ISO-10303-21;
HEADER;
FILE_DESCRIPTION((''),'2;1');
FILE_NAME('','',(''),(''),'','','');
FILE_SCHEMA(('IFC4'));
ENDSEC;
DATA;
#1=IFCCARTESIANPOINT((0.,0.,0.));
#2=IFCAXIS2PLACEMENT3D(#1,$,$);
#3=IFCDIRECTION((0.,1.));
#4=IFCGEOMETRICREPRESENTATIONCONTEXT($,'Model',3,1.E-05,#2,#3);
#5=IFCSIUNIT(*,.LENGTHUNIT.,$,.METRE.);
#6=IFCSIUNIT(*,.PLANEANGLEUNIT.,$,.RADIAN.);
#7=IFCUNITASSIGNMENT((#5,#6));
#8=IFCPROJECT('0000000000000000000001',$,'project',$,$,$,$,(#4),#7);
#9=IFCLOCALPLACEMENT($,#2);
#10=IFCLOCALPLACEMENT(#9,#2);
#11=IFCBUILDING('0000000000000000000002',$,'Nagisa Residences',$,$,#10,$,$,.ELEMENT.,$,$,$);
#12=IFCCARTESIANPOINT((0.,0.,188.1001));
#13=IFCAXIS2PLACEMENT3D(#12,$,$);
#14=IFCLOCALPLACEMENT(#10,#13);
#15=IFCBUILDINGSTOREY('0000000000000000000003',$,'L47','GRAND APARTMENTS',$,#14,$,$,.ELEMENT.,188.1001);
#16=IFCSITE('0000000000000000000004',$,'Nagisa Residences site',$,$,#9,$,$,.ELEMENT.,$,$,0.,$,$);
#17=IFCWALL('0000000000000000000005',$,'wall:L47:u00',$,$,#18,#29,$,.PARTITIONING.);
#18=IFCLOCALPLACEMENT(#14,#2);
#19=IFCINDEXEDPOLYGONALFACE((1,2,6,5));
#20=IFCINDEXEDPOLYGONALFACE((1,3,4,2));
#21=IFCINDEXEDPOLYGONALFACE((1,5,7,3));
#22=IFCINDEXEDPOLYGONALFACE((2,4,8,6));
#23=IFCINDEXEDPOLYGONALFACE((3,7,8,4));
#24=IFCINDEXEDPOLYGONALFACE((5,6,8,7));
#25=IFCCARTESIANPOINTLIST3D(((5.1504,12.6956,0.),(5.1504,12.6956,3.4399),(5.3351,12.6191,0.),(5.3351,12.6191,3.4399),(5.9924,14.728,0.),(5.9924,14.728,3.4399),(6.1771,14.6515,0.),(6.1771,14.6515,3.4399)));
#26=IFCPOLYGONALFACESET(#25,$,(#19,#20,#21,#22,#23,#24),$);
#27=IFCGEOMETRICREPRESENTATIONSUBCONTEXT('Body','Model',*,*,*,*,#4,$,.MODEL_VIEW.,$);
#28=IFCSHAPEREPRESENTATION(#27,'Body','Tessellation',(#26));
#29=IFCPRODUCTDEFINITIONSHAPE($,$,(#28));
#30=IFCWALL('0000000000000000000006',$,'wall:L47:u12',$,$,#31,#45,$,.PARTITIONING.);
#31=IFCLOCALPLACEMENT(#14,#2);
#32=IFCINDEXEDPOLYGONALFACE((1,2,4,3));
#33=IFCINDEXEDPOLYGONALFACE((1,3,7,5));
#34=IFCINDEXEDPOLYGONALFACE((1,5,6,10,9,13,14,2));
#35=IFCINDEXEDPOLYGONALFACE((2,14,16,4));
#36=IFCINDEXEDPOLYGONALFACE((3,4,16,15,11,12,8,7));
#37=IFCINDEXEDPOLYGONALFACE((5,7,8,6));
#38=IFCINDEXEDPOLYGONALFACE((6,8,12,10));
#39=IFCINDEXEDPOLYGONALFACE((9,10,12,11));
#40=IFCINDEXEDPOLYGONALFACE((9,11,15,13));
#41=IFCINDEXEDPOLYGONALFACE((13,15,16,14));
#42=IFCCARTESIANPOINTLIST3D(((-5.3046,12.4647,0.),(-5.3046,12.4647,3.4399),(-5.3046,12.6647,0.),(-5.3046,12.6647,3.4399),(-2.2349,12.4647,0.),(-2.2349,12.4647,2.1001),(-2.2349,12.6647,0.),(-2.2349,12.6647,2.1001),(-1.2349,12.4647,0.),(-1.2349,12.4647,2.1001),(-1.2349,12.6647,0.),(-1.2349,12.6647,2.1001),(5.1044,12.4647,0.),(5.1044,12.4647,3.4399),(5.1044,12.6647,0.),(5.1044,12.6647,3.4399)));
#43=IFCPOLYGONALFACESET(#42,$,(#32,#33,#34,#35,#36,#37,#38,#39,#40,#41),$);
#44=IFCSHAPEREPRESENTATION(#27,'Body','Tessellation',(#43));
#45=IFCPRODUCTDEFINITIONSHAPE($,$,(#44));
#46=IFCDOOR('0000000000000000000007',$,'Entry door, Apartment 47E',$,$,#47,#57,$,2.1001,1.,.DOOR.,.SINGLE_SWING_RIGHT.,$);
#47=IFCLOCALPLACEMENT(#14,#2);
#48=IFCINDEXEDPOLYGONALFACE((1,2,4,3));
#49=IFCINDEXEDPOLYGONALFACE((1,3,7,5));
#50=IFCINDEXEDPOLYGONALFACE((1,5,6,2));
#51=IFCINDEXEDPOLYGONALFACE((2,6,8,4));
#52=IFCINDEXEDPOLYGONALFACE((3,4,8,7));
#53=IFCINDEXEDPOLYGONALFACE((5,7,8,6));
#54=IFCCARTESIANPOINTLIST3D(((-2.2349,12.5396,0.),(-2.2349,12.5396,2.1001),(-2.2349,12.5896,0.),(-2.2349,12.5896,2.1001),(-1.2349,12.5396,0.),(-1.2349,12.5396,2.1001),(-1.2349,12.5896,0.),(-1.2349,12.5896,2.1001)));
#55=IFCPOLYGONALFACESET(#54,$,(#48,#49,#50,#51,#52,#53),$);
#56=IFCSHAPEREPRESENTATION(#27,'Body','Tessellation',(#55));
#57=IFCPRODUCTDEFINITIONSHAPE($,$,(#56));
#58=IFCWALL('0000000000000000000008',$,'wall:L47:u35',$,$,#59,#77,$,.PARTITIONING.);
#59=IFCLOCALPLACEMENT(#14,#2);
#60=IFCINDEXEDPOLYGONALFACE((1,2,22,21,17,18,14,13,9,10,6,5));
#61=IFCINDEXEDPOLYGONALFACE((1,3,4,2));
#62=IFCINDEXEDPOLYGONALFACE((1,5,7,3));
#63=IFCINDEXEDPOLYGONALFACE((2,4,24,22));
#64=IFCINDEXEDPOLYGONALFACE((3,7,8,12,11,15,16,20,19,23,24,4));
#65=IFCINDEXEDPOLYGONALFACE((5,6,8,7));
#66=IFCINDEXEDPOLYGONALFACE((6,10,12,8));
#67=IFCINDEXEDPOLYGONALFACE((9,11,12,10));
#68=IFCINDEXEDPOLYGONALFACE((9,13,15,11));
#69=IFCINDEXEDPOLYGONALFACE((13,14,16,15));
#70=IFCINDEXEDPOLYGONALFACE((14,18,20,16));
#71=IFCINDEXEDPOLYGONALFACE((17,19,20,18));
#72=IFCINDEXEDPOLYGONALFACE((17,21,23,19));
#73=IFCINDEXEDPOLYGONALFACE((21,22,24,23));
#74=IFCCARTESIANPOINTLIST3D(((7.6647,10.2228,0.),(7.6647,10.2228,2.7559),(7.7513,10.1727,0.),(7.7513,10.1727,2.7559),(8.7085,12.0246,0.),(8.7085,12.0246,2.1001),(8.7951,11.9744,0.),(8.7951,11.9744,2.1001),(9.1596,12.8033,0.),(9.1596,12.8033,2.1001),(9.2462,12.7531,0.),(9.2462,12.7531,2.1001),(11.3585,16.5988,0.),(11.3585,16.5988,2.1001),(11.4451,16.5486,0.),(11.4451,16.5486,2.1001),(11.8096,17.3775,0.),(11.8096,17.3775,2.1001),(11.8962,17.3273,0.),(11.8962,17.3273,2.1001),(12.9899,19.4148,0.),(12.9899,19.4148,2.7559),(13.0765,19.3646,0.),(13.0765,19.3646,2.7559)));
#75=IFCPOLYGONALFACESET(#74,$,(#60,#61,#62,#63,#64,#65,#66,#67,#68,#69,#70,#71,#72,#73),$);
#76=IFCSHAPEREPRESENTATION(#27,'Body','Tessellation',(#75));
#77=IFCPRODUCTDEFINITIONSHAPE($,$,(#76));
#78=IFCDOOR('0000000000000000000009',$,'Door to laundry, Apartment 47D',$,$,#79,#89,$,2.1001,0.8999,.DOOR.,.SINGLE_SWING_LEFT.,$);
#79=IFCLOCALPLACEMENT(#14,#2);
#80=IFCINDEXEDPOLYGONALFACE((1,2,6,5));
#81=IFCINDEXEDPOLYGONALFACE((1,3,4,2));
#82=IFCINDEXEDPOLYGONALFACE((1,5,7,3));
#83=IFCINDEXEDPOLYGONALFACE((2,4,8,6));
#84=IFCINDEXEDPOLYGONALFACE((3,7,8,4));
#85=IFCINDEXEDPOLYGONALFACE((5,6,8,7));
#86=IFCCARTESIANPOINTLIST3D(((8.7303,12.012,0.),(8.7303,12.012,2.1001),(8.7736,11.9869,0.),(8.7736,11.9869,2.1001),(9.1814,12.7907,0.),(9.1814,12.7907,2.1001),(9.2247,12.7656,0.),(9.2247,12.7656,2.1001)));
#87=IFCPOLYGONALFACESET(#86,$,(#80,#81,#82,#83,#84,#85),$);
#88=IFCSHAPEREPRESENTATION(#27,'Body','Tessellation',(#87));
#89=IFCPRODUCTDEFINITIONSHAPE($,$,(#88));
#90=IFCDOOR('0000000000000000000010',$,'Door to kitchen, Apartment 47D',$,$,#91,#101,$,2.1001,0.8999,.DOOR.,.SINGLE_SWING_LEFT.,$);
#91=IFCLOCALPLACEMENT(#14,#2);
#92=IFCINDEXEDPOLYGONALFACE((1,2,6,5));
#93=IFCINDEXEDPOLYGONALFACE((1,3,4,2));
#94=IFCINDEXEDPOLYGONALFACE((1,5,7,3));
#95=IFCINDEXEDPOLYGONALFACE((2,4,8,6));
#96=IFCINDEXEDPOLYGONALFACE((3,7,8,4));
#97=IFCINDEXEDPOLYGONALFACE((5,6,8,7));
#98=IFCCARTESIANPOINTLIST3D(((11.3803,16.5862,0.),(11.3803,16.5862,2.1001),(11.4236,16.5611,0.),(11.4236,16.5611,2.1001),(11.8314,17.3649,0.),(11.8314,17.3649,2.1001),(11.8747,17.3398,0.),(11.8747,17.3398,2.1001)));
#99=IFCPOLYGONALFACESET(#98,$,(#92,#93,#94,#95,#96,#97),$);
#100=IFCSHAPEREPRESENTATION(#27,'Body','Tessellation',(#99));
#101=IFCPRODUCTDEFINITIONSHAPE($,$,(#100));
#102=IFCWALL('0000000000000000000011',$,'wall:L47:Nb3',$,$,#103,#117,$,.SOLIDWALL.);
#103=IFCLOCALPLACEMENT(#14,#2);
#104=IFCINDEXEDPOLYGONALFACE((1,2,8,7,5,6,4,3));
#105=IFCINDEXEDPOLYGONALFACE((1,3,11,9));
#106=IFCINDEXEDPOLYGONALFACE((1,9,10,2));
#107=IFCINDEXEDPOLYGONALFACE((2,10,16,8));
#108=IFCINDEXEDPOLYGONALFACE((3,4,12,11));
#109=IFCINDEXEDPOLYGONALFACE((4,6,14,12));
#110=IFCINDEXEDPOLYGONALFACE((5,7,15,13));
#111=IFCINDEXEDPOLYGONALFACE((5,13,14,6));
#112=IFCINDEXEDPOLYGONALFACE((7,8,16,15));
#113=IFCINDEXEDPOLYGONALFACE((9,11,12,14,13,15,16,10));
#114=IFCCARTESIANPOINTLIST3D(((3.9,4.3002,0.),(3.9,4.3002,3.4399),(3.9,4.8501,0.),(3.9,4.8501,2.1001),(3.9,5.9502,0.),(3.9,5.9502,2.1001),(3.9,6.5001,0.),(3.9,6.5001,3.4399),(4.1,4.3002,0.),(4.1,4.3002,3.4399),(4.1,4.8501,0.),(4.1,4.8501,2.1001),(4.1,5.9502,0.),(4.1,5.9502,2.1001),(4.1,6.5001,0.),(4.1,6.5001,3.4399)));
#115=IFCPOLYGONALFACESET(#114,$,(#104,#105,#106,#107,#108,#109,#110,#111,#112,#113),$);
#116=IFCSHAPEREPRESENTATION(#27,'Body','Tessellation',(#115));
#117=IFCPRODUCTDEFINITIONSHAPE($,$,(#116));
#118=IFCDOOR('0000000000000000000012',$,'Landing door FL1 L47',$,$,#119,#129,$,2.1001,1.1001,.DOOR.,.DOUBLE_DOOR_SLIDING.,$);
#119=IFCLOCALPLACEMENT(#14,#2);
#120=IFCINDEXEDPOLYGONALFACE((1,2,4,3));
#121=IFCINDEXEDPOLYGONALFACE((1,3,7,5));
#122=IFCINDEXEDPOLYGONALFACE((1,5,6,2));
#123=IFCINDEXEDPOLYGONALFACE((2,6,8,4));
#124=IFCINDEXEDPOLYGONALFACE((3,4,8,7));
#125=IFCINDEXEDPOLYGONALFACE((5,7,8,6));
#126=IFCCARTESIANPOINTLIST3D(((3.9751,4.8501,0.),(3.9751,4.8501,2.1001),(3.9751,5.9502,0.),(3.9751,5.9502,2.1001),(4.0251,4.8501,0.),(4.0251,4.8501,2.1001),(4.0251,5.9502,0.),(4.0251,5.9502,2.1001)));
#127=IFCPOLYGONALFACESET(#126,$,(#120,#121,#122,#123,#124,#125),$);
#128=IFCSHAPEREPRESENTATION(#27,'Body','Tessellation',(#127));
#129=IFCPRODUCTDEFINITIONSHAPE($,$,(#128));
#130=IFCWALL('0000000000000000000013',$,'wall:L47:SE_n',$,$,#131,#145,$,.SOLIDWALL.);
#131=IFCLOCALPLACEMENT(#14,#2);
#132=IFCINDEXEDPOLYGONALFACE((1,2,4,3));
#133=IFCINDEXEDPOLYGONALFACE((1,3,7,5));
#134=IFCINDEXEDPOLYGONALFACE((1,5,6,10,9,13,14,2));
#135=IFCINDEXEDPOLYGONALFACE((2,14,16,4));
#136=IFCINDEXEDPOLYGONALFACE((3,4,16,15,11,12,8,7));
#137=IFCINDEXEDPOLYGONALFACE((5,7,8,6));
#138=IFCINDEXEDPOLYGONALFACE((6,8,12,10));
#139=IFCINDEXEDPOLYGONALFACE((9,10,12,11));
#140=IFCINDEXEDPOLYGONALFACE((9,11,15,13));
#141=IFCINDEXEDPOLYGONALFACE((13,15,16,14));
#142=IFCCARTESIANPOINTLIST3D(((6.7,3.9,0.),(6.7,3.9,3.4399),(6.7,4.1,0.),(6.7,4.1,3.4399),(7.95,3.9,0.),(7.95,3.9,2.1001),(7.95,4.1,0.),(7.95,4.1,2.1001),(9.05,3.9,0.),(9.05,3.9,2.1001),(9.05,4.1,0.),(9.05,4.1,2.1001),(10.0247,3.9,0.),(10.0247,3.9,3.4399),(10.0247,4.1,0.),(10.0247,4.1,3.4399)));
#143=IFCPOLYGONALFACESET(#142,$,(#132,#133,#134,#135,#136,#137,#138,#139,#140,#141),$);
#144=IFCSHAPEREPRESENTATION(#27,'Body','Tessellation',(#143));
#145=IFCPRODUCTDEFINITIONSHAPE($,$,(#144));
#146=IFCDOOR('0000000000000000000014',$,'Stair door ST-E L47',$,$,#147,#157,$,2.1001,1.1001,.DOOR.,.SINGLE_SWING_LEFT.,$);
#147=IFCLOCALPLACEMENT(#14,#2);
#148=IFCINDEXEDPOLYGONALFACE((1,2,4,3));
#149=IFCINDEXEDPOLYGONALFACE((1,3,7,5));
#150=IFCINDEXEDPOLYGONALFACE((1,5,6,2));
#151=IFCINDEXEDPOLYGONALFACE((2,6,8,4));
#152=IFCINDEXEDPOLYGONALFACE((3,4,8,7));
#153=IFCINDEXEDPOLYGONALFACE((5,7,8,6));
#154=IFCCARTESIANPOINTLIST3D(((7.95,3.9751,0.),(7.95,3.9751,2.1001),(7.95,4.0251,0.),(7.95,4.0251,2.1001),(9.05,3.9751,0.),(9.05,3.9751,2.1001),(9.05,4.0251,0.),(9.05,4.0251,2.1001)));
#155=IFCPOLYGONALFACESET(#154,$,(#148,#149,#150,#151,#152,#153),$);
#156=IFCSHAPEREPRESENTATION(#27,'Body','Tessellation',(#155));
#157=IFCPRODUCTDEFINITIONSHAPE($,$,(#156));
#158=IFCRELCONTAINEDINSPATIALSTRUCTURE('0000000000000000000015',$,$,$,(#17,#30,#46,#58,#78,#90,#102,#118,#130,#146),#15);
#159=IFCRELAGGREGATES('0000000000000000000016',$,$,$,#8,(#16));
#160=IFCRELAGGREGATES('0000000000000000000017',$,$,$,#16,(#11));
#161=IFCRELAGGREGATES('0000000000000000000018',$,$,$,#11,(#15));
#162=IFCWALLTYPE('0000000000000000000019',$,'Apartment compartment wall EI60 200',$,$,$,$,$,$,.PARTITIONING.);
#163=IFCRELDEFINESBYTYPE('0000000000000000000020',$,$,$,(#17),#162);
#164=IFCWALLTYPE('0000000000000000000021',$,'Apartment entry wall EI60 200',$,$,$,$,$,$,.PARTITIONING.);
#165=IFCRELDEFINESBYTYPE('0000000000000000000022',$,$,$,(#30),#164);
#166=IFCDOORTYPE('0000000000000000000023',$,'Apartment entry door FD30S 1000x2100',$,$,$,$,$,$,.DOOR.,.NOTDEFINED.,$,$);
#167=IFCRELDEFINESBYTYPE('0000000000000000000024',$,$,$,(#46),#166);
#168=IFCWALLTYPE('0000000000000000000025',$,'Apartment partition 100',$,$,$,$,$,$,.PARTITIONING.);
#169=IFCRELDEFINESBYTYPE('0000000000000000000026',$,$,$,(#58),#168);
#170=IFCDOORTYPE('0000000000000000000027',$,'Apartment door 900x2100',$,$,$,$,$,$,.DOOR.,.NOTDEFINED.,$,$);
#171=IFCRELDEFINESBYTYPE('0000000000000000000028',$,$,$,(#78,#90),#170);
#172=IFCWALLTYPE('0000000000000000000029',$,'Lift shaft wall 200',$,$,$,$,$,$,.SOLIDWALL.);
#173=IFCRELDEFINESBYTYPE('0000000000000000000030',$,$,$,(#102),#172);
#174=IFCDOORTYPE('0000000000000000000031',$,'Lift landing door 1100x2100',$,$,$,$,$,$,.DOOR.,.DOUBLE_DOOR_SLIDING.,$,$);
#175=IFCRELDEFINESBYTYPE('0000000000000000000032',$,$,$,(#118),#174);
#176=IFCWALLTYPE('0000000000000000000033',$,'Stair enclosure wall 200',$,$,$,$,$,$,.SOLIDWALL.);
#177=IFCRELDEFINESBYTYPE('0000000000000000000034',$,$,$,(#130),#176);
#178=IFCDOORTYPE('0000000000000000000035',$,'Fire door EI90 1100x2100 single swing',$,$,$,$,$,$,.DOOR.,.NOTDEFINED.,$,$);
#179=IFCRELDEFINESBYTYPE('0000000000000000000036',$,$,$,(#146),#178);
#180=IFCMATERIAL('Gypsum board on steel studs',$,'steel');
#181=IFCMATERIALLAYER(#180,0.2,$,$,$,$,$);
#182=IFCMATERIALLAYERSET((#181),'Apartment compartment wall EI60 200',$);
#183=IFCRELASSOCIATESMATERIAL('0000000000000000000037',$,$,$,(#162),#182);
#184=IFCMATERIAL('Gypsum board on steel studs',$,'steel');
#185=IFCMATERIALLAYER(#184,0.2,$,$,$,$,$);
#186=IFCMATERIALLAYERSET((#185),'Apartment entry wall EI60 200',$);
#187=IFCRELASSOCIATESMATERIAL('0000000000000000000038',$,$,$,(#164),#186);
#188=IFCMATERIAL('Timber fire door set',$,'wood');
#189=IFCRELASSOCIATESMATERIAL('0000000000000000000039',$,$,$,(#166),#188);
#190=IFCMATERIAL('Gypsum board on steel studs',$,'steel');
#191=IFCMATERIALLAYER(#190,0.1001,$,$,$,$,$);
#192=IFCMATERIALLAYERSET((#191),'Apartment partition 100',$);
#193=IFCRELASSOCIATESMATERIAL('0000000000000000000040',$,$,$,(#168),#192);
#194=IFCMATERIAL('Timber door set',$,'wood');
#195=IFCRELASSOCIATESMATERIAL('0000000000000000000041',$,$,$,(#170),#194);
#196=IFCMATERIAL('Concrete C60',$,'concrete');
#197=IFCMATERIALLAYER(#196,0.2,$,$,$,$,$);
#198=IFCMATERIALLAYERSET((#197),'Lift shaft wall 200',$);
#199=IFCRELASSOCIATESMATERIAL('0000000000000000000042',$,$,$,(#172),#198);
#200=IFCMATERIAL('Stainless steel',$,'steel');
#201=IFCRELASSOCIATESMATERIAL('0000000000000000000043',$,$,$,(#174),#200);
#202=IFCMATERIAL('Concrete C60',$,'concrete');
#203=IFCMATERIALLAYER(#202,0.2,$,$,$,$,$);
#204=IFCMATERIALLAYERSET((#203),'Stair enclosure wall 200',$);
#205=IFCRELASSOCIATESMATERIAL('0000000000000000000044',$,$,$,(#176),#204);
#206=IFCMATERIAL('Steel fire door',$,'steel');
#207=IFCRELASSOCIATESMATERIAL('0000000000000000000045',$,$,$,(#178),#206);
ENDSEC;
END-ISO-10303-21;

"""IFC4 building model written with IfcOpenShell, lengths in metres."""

from ifc_helpers import new_model, si_unit, direction, frame, frame_2d, origin, place, context, subcontext, project, spatial, rectangle, extrude, material, layer, layer_set, type_object, element, fill, save


model = new_model("IFC4")

# Units and contexts
model_context = context("Model", 3, precision=1e-05, world=origin(), true_north=direction((0.0, 1.0)))
body_context = subcontext(model_context, "Body", "Model", "MODEL_VIEW")
ifc_project = project(units=[si_unit("LENGTHUNIT", "METRE"), si_unit("PLANEANGLEUNIT", "RADIAN")], contexts=[model_context])

# Site, building, storey
site_placement = place(None, origin())
site = spatial("IfcSite", under=ifc_project, at=site_placement, Name="Nagisa Residences site", CompositionType="ELEMENT", RefElevation=0.0)
building_placement = place(site_placement, origin())
building = spatial("IfcBuilding", under=site, at=building_placement, Name="Nagisa Residences", CompositionType="ELEMENT")
storey_placement = place(building_placement, frame((0.0, 0.0, 188.1001)))
storey = spatial("IfcBuildingStorey", under=building, at=storey_placement, Name="L47", Description="GRAND APARTMENTS", CompositionType="ELEMENT", Elevation=188.1001)

# Wall
ifc_material_1 = material(Name="Gypsum board on steel studs", Category="steel")
ifc_layer_1 = layer(ifc_material_1, 0.2)
ifc_layer_set_1 = layer_set([ifc_layer_1], Name="Apartment compartment wall EI60 200")
wall_type_1 = type_object("IfcWallType", Name="Apartment compartment wall EI60 200", PredefinedType="PARTITIONING", material=ifc_layer_set_1)
wall_1_placement = place(storey_placement, frame((5.2427, 12.6572, 0.0), z_axis=(0.0, 0.0, 1.0), x_axis=(0.382747, 0.923853, 0.0)))
element("IfcWall", 1, at=wall_1_placement, inside=storey, type_object=wall_type_1, Name="wall:L47:u00", PredefinedType="PARTITIONING", context=body_context, shape_type="SweptSolid", body=[
    extrude(rectangle(XDim=2.2, YDim=0.2, at=frame_2d((1.1001, 0.0))), origin(), (0.0, 0.0, 1.0), 3.4399),
])

# Wall, opening, door
ifc_material_2 = material(Name="Gypsum board on steel studs", Category="steel")
ifc_layer_2 = layer(ifc_material_2, 0.2)
ifc_layer_set_2 = layer_set([ifc_layer_2], Name="Apartment entry wall EI60 200")
wall_type_2 = type_object("IfcWallType", Name="Apartment entry wall EI60 200", PredefinedType="PARTITIONING", material=ifc_layer_set_2)
wall_2_placement = place(storey_placement, frame((5.1045, 12.5647, 0.0), z_axis=(0.0, 0.0, 1.0), x_axis=(-1.0, 0.0, 0.0)))
wall_2 = element("IfcWall", 2, at=wall_2_placement, inside=storey, type_object=wall_type_2, Name="wall:L47:u12", PredefinedType="PARTITIONING", context=body_context, shape_type="SweptSolid", body=[
    extrude(rectangle(XDim=10.4089, YDim=0.2, at=frame_2d((5.2046, 0.0))), origin(), (0.0, 0.0, 1.0), 3.4399),
])
opening_1_placement = place(wall_2_placement, frame((6.3394, 0.0, 0.0)))
opening_1 = element("IfcOpeningElement", 3, at=opening_1_placement, cuts=wall_2, PredefinedType="OPENING", context=body_context, shape_type="SweptSolid", body=[
    extrude(rectangle(XDim=1.0, YDim=2.1001, at=frame_2d((0.5, 1.05))), frame((0.0, 0.1099, 0.0), z_axis=(0.0, -1.0, 0.0), x_axis=(1.0, 0.0, 0.0)), (0.0, 0.0, 1.0), 0.22),
])
ifc_material_3 = material(Name="Timber fire door set", Category="wood")
door_type_1 = type_object("IfcDoorType", Name="Apartment entry door FD30S 1000x2100", OperationType="NOTDEFINED", PredefinedType="DOOR", material=ifc_material_3)
door_1_placement = place(opening_1_placement, frame((1.0, 0.0, 0.0), x_axis=(-1.0, 0.0, 0.0)))
door_1 = element("IfcDoor", 4, at=door_1_placement, inside=storey, type_object=door_type_1, Name="Entry door, Apartment 47E", OperationType="SINGLE_SWING_RIGHT", OverallHeight=2.1001, OverallWidth=1.0, PredefinedType="DOOR", context=body_context, shape_type="SweptSolid", body=[
    extrude(rectangle(XDim=1.0, YDim=2.1001, at=frame_2d((0.5, 1.05))), frame((0.0, 0.0249, 0.0), z_axis=(0.0, -1.0, 0.0), x_axis=(1.0, 0.0, 0.0)), (0.0, 0.0, 1.0), 0.05),
])
fill(opening_1, door_1)

# Wall, openings, doors
ifc_material_4 = material(Name="Gypsum board on steel studs", Category="steel")
ifc_layer_3 = layer(ifc_material_4, 0.1001)
ifc_layer_set_3 = layer_set([ifc_layer_3], Name="Apartment partition 100")
wall_type_3 = type_object("IfcWallType", Name="Apartment partition 100", PredefinedType="PARTITIONING", material=ifc_layer_set_3)
wall_3_placement = place(storey_placement, frame((7.708, 10.1978, 0.0), z_axis=(0.0, 0.0, 1.0), x_axis=(0.501288, 0.86528, 0.0)))
wall_3 = element("IfcWall", 5, at=wall_3_placement, inside=storey, type_object=wall_type_3, Name="wall:L47:u35", PredefinedType="PARTITIONING", context=body_context, shape_type="SweptSolid", body=[
    extrude(rectangle(XDim=10.623, YDim=0.1001, at=frame_2d((5.3115, 0.0))), origin(), (0.0, 0.0, 1.0), 2.7559),
])
opening_2_placement = place(wall_3_placement, frame((2.0823, 0.0, 0.0)))
opening_2 = element("IfcOpeningElement", 6, at=opening_2_placement, cuts=wall_3, PredefinedType="OPENING", context=body_context, shape_type="SweptSolid", body=[
    extrude(rectangle(XDim=0.8999, YDim=2.1001, at=frame_2d((0.45, 1.05))), frame((0.0, 0.0601, 0.0), z_axis=(0.0, -1.0, 0.0), x_axis=(1.0, 0.0, 0.0)), (0.0, 0.0, 1.0), 0.1201),
])
opening_3_placement = place(wall_3_placement, frame((7.3687, 0.0, 0.0)))
opening_3 = element("IfcOpeningElement", 7, at=opening_3_placement, cuts=wall_3, PredefinedType="OPENING", context=body_context, shape_type="SweptSolid", body=[
    extrude(rectangle(XDim=0.8999, YDim=2.1001, at=frame_2d((0.45, 1.05))), frame((0.0, 0.0601, 0.0), z_axis=(0.0, -1.0, 0.0), x_axis=(1.0, 0.0, 0.0)), (0.0, 0.0, 1.0), 0.1201),
])
ifc_material_5 = material(Name="Timber door set", Category="wood")
door_type_2 = type_object("IfcDoorType", Name="Apartment door 900x2100", OperationType="NOTDEFINED", PredefinedType="DOOR", material=ifc_material_5)
door_2_placement = place(opening_2_placement, origin())
door_2 = element("IfcDoor", 8, at=door_2_placement, inside=storey, type_object=door_type_2, Name="Door to laundry, Apartment 47D", OperationType="SINGLE_SWING_LEFT", OverallHeight=2.1001, OverallWidth=0.8999, PredefinedType="DOOR", context=body_context, shape_type="SweptSolid", body=[
    extrude(rectangle(XDim=0.8999, YDim=2.1001, at=frame_2d((0.45, 1.05))), frame((0.0, 0.0249, 0.0), z_axis=(0.0, -1.0, 0.0), x_axis=(1.0, 0.0, 0.0)), (0.0, 0.0, 1.0), 0.05),
])
fill(opening_2, door_2)
door_3_placement = place(opening_3_placement, origin())
door_3 = element("IfcDoor", 9, at=door_3_placement, inside=storey, type_object=door_type_2, Name="Door to kitchen, Apartment 47D", OperationType="SINGLE_SWING_LEFT", OverallHeight=2.1001, OverallWidth=0.8999, PredefinedType="DOOR", context=body_context, shape_type="SweptSolid", body=[
    extrude(rectangle(XDim=0.8999, YDim=2.1001, at=frame_2d((0.45, 1.05))), frame((0.0, 0.0249, 0.0), z_axis=(0.0, -1.0, 0.0), x_axis=(1.0, 0.0, 0.0)), (0.0, 0.0, 1.0), 0.05),
])
fill(opening_3, door_3)

# Walls, openings, doors
ifc_material_6 = material(Name="Concrete C60", Category="concrete")
ifc_layer_4 = layer(ifc_material_6, 0.2)
ifc_layer_set_4 = layer_set([ifc_layer_4], Name="Lift shaft wall 200")
wall_type_4 = type_object("IfcWallType", Name="Lift shaft wall 200", PredefinedType="SOLIDWALL", material=ifc_layer_set_4)
wall_4_placement = place(storey_placement, frame((4.0, 4.3, 0.0), z_axis=(0.0, 0.0, 1.0), x_axis=(0.0, 1.0, 0.0)))
wall_4 = element("IfcWall", 10, at=wall_4_placement, inside=storey, type_object=wall_type_4, Name="wall:L47:Nb3", PredefinedType="SOLIDWALL", context=body_context, shape_type="SweptSolid", body=[
    extrude(rectangle(XDim=2.2, YDim=0.2, at=frame_2d((1.1001, 0.0))), origin(), (0.0, 0.0, 1.0), 3.4399),
])
opening_4_placement = place(wall_4_placement, frame((0.55, 0.0, 0.0)))
opening_4 = element("IfcOpeningElement", 11, at=opening_4_placement, cuts=wall_4, PredefinedType="OPENING", context=body_context, shape_type="SweptSolid", body=[
    extrude(rectangle(XDim=1.1001, YDim=2.1001, at=frame_2d((0.55, 1.05))), frame((0.0, 0.1099, 0.0), z_axis=(0.0, -1.0, 0.0), x_axis=(1.0, 0.0, 0.0)), (0.0, 0.0, 1.0), 0.22),
])
ifc_material_7 = material(Name="Stainless steel", Category="steel")
door_type_3 = type_object("IfcDoorType", Name="Lift landing door 1100x2100", OperationType="DOUBLE_DOOR_SLIDING", PredefinedType="DOOR", material=ifc_material_7)
door_4_placement = place(opening_4_placement, origin())
door_4 = element("IfcDoor", 12, at=door_4_placement, inside=storey, type_object=door_type_3, Name="Landing door FL1 L47", OperationType="DOUBLE_DOOR_SLIDING", OverallHeight=2.1001, OverallWidth=1.1001, PredefinedType="DOOR", context=body_context, shape_type="SweptSolid", body=[
    extrude(rectangle(XDim=1.1001, YDim=2.1001, at=frame_2d((0.55, 1.05))), frame((0.0, 0.0249, 0.0), z_axis=(0.0, -1.0, 0.0), x_axis=(1.0, 0.0, 0.0)), (0.0, 0.0, 1.0), 0.05),
])
fill(opening_4, door_4)
ifc_material_8 = material(Name="Concrete C60", Category="concrete")
ifc_layer_5 = layer(ifc_material_8, 0.2)
ifc_layer_set_5 = layer_set([ifc_layer_5], Name="Stair enclosure wall 200")
wall_type_5 = type_object("IfcWallType", Name="Stair enclosure wall 200", PredefinedType="SOLIDWALL", material=ifc_layer_set_5)
wall_5_placement = place(storey_placement, frame((6.7, 4.0, 0.0), z_axis=(0.0, 0.0, 1.0), x_axis=(1.0, 0.0, 0.0)))
wall_5 = element("IfcWall", 13, at=wall_5_placement, inside=storey, type_object=wall_type_5, Name="wall:L47:SE_n", PredefinedType="SOLIDWALL", context=body_context, shape_type="SweptSolid", body=[
    extrude(rectangle(XDim=3.3247, YDim=0.2, at=frame_2d((1.6624, 0.0))), origin(), (0.0, 0.0, 1.0), 3.4399),
])
opening_5_placement = place(wall_5_placement, frame((1.25, 0.0, 0.0)))
opening_5 = element("IfcOpeningElement", 14, at=opening_5_placement, cuts=wall_5, PredefinedType="OPENING", context=body_context, shape_type="SweptSolid", body=[
    extrude(rectangle(XDim=1.1001, YDim=2.1001, at=frame_2d((0.55, 1.05))), frame((0.0, 0.1099, 0.0), z_axis=(0.0, -1.0, 0.0), x_axis=(1.0, 0.0, 0.0)), (0.0, 0.0, 1.0), 0.22),
])
ifc_material_9 = material(Name="Steel fire door", Category="steel")
door_type_4 = type_object("IfcDoorType", Name="Fire door EI90 1100x2100 single swing", OperationType="NOTDEFINED", PredefinedType="DOOR", material=ifc_material_9)
door_5_placement = place(opening_5_placement, frame((1.1001, 0.0, 0.0), x_axis=(-1.0, 0.0, 0.0)))
door_5 = element("IfcDoor", 15, at=door_5_placement, inside=storey, type_object=door_type_4, Name="Stair door ST-E L47", OperationType="SINGLE_SWING_LEFT", OverallHeight=2.1001, OverallWidth=1.1001, PredefinedType="DOOR", context=body_context, shape_type="SweptSolid", body=[
    extrude(rectangle(XDim=1.1001, YDim=2.1001, at=frame_2d((0.55, 1.05))), frame((0.0, 0.0249, 0.0), z_axis=(0.0, -1.0, 0.0), x_axis=(1.0, 0.0, 0.0)), (0.0, 0.0, 1.0), 0.05),
])
fill(opening_5, door_5)

save(model, "model.ifc")
